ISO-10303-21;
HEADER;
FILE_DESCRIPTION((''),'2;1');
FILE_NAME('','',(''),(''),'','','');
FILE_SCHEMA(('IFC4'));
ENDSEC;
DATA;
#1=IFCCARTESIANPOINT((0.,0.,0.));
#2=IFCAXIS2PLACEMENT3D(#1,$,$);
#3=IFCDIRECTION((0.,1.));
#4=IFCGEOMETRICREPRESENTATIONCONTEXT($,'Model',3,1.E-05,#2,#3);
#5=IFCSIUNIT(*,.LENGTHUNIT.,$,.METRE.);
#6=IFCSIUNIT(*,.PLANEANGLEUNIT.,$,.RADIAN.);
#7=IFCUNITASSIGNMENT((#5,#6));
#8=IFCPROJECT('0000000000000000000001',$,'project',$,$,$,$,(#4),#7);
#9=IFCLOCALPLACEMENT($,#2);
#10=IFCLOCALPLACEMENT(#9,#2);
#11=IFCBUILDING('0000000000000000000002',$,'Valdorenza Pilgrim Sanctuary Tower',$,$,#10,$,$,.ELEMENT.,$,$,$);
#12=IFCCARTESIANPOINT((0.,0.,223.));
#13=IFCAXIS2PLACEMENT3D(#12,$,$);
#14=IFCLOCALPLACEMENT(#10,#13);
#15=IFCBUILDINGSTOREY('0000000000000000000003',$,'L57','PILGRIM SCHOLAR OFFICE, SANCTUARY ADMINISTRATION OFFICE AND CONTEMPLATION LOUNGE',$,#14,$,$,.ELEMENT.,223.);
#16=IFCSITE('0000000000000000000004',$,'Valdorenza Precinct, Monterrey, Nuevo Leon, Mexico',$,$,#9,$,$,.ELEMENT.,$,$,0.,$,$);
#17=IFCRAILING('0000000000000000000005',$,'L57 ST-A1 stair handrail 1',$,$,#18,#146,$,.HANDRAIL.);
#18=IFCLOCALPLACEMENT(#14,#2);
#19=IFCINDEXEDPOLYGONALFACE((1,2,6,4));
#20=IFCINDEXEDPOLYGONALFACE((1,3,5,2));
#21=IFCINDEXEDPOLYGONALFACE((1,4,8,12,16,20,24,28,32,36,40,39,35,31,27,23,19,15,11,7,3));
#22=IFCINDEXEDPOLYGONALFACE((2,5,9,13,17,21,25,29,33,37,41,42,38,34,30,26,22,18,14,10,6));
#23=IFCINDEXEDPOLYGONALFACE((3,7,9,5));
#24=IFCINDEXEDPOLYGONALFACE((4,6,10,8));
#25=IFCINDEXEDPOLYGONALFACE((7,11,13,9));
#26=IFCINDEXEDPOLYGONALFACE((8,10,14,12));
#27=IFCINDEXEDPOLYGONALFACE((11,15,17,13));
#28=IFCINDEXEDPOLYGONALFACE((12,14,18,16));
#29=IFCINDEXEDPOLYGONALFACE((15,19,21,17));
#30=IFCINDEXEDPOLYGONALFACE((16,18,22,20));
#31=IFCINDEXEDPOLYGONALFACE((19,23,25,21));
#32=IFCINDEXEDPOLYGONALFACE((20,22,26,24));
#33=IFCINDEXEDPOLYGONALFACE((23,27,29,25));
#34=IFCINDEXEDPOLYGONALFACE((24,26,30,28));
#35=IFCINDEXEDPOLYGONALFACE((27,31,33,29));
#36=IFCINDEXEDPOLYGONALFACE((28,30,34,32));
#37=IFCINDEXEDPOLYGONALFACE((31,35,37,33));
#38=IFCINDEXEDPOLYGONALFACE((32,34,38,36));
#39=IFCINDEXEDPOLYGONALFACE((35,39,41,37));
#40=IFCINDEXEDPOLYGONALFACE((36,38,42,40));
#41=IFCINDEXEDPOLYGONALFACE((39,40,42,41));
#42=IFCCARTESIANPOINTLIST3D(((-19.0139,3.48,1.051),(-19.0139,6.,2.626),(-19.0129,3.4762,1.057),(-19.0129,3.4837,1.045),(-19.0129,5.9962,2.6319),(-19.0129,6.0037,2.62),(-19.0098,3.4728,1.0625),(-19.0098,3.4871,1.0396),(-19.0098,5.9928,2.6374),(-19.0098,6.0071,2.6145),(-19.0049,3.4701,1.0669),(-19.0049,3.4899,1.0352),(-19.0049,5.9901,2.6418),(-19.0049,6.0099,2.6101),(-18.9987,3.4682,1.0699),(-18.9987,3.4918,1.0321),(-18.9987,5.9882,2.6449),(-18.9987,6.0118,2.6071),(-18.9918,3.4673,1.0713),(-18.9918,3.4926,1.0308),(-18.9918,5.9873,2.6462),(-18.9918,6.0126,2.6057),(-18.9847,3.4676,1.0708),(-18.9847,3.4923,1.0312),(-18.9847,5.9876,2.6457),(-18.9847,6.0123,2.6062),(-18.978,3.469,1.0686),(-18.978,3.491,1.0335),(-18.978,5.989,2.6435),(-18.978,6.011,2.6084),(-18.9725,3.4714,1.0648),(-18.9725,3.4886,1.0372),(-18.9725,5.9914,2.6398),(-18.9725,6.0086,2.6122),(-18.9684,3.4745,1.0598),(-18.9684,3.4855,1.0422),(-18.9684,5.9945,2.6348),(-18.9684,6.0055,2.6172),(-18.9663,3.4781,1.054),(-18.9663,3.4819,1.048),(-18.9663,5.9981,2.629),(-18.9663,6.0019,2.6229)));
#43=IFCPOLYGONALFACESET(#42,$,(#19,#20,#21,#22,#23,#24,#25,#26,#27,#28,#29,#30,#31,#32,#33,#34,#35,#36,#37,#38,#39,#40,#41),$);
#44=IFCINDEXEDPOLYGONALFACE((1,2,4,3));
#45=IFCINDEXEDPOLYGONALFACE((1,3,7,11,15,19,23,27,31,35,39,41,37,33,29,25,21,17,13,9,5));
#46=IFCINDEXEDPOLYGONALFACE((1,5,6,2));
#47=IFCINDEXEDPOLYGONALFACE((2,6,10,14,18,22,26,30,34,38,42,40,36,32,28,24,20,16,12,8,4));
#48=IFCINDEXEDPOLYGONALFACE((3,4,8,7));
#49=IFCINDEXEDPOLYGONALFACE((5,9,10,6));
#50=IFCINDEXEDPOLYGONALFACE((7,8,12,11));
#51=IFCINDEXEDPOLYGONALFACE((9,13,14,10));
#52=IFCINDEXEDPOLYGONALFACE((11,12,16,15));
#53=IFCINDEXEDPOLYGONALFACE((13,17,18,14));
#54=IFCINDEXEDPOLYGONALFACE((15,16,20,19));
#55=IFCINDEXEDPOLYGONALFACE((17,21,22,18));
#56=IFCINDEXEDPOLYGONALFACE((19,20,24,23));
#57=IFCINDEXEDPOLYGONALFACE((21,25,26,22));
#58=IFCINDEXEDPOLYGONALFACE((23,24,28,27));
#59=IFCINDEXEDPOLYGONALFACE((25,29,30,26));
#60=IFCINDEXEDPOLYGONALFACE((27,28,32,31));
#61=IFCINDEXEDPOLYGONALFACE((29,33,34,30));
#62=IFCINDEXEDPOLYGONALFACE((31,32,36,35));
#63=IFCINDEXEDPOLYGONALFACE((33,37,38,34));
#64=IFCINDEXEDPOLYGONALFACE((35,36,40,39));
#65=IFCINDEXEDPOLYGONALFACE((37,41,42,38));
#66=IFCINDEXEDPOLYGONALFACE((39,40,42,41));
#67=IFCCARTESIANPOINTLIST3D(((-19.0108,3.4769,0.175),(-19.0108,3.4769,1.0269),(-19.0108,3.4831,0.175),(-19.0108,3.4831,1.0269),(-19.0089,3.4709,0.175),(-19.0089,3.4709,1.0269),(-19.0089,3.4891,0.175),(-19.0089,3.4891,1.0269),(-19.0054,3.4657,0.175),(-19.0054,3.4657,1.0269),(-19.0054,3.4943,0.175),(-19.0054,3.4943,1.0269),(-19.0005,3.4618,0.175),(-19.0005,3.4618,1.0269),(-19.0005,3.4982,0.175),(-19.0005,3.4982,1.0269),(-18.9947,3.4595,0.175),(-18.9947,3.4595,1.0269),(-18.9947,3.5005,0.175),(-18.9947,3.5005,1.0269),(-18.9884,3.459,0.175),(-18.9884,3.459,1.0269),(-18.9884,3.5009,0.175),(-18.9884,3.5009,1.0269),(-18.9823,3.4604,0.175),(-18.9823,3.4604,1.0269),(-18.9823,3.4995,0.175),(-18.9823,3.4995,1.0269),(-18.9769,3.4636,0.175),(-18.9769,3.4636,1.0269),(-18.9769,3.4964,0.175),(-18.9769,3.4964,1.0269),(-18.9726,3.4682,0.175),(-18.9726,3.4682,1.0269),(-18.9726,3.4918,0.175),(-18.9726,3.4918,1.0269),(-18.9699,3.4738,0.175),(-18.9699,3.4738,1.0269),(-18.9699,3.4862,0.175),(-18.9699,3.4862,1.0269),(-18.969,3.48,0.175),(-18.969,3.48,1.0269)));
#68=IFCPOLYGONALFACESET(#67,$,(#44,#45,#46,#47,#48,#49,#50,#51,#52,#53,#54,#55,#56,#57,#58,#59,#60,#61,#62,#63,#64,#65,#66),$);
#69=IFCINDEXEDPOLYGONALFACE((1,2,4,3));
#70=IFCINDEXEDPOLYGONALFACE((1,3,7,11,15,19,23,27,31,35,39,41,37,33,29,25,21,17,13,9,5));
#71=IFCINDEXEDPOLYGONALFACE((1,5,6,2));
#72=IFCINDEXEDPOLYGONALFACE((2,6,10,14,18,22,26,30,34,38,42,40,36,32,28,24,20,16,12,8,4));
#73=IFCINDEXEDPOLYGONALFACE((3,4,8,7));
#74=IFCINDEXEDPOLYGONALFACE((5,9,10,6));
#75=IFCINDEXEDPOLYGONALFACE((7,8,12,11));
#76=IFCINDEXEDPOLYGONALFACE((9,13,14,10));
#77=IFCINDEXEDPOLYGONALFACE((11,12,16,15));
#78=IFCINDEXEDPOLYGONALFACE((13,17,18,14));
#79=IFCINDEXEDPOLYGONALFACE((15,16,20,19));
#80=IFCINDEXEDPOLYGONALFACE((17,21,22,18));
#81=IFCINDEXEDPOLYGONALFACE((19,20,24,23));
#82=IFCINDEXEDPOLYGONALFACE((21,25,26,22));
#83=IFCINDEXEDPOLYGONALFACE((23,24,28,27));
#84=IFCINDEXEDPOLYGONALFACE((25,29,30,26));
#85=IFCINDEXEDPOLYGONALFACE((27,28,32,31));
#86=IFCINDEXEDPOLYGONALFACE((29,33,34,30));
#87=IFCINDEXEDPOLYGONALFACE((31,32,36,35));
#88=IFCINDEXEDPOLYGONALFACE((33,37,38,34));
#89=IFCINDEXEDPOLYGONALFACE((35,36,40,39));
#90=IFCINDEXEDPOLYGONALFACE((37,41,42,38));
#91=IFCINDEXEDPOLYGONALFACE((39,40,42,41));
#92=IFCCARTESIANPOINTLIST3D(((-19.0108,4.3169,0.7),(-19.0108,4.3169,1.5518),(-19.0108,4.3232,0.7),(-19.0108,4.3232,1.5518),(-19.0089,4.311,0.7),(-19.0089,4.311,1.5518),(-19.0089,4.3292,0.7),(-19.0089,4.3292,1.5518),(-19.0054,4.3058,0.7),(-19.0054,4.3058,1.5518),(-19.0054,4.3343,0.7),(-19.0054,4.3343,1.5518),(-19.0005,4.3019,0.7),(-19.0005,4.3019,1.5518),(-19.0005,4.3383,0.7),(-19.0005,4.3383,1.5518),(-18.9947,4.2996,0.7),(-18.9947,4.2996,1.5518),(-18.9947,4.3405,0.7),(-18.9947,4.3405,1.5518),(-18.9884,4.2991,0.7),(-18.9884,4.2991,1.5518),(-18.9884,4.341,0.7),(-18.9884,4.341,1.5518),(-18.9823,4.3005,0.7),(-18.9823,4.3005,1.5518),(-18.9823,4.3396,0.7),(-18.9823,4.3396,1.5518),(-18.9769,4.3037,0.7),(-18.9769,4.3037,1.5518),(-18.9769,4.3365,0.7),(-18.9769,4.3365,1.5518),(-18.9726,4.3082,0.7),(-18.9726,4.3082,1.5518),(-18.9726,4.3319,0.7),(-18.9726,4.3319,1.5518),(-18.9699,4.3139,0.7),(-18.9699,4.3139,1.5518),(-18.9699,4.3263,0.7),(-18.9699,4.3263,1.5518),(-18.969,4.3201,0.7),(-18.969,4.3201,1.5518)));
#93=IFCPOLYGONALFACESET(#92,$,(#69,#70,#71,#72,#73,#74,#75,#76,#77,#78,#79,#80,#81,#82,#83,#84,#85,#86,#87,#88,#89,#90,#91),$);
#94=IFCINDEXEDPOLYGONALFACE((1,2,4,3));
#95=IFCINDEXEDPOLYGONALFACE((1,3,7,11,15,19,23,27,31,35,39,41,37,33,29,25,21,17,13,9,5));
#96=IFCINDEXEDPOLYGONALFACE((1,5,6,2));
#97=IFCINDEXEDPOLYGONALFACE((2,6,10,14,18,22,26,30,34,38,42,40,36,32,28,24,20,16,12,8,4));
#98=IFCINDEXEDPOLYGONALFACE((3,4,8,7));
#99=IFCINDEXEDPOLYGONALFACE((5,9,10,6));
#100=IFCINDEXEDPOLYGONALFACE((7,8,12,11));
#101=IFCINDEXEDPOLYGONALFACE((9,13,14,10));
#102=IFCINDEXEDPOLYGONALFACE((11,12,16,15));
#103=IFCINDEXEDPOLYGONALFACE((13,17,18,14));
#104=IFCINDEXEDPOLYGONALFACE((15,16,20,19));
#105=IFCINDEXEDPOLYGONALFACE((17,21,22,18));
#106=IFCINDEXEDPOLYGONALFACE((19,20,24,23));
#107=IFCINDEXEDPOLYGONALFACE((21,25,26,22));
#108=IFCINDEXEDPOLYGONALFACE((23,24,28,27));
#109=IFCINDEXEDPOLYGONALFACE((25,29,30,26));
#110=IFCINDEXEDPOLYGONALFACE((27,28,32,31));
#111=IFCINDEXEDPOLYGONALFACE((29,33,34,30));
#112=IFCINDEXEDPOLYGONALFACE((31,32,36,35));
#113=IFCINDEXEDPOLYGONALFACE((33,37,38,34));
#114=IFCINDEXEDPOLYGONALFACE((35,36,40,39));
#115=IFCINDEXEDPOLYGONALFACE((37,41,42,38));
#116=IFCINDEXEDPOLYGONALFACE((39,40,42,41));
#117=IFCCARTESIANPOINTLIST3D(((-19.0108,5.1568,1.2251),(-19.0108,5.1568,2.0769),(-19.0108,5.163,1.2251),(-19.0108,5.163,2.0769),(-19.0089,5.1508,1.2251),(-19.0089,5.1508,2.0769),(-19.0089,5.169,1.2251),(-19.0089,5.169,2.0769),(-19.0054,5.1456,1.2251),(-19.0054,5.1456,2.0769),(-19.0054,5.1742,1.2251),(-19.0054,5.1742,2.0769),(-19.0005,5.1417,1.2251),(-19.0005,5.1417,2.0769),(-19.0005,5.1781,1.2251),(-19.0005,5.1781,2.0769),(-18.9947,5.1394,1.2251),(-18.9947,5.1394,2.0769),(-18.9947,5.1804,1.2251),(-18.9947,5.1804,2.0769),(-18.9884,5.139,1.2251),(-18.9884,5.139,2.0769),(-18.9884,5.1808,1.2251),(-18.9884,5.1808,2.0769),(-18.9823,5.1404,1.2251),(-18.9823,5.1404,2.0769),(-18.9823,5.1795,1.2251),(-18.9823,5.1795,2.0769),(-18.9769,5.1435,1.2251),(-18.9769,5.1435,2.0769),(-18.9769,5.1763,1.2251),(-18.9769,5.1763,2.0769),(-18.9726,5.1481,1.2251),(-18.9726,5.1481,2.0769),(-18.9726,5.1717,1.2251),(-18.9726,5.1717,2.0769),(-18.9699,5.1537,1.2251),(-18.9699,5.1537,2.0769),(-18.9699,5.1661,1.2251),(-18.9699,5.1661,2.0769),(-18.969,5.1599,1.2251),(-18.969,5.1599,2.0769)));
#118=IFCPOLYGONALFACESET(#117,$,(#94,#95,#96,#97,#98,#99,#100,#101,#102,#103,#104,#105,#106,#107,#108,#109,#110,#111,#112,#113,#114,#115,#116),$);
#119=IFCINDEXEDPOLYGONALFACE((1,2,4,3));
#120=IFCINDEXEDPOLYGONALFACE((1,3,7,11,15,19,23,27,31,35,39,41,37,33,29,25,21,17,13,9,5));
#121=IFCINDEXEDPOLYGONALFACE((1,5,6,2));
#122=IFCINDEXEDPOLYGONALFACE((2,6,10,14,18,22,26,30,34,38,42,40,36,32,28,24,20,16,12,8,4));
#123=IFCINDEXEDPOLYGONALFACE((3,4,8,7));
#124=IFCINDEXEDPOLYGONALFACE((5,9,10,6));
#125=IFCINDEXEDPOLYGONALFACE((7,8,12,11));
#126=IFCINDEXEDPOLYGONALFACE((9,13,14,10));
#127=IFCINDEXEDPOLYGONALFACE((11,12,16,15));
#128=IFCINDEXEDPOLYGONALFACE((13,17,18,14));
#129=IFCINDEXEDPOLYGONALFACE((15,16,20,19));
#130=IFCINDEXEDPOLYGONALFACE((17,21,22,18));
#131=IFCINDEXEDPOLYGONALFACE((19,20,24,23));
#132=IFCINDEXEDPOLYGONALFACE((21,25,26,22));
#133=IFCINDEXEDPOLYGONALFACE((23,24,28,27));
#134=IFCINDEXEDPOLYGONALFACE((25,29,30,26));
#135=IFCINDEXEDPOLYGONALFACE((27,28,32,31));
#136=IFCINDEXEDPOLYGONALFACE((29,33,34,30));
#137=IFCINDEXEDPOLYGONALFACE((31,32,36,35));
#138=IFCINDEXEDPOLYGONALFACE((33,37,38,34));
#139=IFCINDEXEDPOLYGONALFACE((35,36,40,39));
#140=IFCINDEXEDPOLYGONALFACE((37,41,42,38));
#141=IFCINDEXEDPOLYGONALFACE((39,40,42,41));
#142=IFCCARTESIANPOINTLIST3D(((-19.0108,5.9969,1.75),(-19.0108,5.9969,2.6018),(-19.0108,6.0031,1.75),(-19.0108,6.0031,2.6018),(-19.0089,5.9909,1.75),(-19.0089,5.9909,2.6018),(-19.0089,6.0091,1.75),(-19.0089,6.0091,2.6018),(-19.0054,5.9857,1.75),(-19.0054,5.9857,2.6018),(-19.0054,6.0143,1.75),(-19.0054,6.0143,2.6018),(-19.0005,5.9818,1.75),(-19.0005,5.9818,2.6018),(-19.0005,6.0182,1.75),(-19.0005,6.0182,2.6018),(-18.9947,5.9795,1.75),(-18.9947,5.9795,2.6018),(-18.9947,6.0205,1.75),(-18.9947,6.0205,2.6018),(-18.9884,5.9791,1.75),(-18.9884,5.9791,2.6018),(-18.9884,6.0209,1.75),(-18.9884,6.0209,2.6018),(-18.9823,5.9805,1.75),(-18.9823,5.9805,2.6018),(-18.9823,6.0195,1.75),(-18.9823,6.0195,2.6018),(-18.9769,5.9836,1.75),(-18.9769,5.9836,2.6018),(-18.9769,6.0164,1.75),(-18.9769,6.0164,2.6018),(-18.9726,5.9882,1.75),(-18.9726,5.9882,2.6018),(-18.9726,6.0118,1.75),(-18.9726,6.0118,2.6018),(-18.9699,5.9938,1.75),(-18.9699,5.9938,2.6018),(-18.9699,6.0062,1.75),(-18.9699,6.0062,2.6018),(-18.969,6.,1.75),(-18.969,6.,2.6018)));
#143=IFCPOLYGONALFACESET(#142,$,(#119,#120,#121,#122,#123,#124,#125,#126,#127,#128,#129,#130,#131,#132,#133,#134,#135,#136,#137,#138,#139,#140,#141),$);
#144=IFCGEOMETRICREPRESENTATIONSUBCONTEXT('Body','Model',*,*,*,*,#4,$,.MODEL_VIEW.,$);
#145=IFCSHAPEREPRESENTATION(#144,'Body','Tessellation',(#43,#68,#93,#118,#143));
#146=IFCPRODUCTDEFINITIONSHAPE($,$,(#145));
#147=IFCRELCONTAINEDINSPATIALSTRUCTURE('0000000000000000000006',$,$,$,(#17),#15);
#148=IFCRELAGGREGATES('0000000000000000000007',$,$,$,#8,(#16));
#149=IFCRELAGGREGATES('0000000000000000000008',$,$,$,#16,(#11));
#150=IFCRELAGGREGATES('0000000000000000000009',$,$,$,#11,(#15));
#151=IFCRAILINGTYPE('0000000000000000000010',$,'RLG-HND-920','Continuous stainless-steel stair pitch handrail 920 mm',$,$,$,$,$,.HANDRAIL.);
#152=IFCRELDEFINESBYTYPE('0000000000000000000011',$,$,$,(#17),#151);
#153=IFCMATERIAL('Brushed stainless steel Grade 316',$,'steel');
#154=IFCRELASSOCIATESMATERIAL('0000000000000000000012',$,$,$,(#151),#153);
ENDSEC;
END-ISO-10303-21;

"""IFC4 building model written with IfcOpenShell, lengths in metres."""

from ifc_helpers import new_model, si_unit, direction, frame, origin, origin_2d, place, context, subcontext, project, spatial, circle, extrude, material, type_object, element, save


model = new_model("IFC4")

# Units and contexts
model_context = context("Model", 3, precision=1e-05, world=origin(), true_north=direction((0.0, 1.0)))
body_context = subcontext(model_context, "Body", "Model", "MODEL_VIEW")
ifc_project = project(units=[si_unit("LENGTHUNIT", "METRE"), si_unit("PLANEANGLEUNIT", "RADIAN")], contexts=[model_context])

# Site, building, storey
site_placement = place(None, origin())
site = spatial("IfcSite", under=ifc_project, at=site_placement, Name="Valdorenza Precinct, Monterrey, Nuevo Leon, Mexico", CompositionType="ELEMENT", RefElevation=0.0)
building_placement = place(site_placement, origin())
building = spatial("IfcBuilding", under=site, at=building_placement, Name="Valdorenza Pilgrim Sanctuary Tower", CompositionType="ELEMENT")
storey_placement = place(building_placement, frame((0.0, 0.0, 223.0)))
storey = spatial("IfcBuildingStorey", under=building, at=storey_placement, Name="L57", Description="PILGRIM SCHOLAR OFFICE, SANCTUARY ADMINISTRATION OFFICE AND CONTEMPLATION LOUNGE", CompositionType="ELEMENT", Elevation=223.0)

# Shared definitions
ifc_material_1 = material(Name="Brushed stainless steel Grade 316", Category="steel")

# Railing
railing_type_1 = type_object("IfcRailingType", Name="RLG-HND-920", Description="Continuous stainless-steel stair pitch handrail 920 mm", PredefinedType="HANDRAIL", material=ifc_material_1)
railing_1_placement = place(storey_placement, frame((-18.99, 3.48, 0.175)))
element("IfcRailing", 1, at=railing_1_placement, inside=storey, type_object=railing_type_1, Name="L57 ST-A1 stair handrail 1", PredefinedType="HANDRAIL", context=body_context, shape_type="SweptSolid", body=[
    extrude(circle(Radius=0.0239, at=origin_2d()), frame((0.0, 0.0, 0.876), z_axis=(0.0, 0.848008, 0.529984), x_axis=(-1.0, 0.0, 0.0)), (0.0, 0.0, 1.0), 2.9717),
    extrude(circle(Radius=0.021, at=origin_2d()), origin(), (0.0, 0.0, 1.0), 0.8518),
    extrude(circle(Radius=0.021, at=origin_2d()), frame((0.0, 0.8401, 0.5249)), (0.0, 0.0, 1.0), 0.8518),
    extrude(circle(Radius=0.021, at=origin_2d()), frame((0.0, 1.6799, 1.05)), (0.0, 0.0, 1.0), 0.8518),
    extrude(circle(Radius=0.021, at=origin_2d()), frame((0.0, 2.52, 1.575)), (0.0, 0.0, 1.0), 0.8518),
])

save(model, "model.ifc")
